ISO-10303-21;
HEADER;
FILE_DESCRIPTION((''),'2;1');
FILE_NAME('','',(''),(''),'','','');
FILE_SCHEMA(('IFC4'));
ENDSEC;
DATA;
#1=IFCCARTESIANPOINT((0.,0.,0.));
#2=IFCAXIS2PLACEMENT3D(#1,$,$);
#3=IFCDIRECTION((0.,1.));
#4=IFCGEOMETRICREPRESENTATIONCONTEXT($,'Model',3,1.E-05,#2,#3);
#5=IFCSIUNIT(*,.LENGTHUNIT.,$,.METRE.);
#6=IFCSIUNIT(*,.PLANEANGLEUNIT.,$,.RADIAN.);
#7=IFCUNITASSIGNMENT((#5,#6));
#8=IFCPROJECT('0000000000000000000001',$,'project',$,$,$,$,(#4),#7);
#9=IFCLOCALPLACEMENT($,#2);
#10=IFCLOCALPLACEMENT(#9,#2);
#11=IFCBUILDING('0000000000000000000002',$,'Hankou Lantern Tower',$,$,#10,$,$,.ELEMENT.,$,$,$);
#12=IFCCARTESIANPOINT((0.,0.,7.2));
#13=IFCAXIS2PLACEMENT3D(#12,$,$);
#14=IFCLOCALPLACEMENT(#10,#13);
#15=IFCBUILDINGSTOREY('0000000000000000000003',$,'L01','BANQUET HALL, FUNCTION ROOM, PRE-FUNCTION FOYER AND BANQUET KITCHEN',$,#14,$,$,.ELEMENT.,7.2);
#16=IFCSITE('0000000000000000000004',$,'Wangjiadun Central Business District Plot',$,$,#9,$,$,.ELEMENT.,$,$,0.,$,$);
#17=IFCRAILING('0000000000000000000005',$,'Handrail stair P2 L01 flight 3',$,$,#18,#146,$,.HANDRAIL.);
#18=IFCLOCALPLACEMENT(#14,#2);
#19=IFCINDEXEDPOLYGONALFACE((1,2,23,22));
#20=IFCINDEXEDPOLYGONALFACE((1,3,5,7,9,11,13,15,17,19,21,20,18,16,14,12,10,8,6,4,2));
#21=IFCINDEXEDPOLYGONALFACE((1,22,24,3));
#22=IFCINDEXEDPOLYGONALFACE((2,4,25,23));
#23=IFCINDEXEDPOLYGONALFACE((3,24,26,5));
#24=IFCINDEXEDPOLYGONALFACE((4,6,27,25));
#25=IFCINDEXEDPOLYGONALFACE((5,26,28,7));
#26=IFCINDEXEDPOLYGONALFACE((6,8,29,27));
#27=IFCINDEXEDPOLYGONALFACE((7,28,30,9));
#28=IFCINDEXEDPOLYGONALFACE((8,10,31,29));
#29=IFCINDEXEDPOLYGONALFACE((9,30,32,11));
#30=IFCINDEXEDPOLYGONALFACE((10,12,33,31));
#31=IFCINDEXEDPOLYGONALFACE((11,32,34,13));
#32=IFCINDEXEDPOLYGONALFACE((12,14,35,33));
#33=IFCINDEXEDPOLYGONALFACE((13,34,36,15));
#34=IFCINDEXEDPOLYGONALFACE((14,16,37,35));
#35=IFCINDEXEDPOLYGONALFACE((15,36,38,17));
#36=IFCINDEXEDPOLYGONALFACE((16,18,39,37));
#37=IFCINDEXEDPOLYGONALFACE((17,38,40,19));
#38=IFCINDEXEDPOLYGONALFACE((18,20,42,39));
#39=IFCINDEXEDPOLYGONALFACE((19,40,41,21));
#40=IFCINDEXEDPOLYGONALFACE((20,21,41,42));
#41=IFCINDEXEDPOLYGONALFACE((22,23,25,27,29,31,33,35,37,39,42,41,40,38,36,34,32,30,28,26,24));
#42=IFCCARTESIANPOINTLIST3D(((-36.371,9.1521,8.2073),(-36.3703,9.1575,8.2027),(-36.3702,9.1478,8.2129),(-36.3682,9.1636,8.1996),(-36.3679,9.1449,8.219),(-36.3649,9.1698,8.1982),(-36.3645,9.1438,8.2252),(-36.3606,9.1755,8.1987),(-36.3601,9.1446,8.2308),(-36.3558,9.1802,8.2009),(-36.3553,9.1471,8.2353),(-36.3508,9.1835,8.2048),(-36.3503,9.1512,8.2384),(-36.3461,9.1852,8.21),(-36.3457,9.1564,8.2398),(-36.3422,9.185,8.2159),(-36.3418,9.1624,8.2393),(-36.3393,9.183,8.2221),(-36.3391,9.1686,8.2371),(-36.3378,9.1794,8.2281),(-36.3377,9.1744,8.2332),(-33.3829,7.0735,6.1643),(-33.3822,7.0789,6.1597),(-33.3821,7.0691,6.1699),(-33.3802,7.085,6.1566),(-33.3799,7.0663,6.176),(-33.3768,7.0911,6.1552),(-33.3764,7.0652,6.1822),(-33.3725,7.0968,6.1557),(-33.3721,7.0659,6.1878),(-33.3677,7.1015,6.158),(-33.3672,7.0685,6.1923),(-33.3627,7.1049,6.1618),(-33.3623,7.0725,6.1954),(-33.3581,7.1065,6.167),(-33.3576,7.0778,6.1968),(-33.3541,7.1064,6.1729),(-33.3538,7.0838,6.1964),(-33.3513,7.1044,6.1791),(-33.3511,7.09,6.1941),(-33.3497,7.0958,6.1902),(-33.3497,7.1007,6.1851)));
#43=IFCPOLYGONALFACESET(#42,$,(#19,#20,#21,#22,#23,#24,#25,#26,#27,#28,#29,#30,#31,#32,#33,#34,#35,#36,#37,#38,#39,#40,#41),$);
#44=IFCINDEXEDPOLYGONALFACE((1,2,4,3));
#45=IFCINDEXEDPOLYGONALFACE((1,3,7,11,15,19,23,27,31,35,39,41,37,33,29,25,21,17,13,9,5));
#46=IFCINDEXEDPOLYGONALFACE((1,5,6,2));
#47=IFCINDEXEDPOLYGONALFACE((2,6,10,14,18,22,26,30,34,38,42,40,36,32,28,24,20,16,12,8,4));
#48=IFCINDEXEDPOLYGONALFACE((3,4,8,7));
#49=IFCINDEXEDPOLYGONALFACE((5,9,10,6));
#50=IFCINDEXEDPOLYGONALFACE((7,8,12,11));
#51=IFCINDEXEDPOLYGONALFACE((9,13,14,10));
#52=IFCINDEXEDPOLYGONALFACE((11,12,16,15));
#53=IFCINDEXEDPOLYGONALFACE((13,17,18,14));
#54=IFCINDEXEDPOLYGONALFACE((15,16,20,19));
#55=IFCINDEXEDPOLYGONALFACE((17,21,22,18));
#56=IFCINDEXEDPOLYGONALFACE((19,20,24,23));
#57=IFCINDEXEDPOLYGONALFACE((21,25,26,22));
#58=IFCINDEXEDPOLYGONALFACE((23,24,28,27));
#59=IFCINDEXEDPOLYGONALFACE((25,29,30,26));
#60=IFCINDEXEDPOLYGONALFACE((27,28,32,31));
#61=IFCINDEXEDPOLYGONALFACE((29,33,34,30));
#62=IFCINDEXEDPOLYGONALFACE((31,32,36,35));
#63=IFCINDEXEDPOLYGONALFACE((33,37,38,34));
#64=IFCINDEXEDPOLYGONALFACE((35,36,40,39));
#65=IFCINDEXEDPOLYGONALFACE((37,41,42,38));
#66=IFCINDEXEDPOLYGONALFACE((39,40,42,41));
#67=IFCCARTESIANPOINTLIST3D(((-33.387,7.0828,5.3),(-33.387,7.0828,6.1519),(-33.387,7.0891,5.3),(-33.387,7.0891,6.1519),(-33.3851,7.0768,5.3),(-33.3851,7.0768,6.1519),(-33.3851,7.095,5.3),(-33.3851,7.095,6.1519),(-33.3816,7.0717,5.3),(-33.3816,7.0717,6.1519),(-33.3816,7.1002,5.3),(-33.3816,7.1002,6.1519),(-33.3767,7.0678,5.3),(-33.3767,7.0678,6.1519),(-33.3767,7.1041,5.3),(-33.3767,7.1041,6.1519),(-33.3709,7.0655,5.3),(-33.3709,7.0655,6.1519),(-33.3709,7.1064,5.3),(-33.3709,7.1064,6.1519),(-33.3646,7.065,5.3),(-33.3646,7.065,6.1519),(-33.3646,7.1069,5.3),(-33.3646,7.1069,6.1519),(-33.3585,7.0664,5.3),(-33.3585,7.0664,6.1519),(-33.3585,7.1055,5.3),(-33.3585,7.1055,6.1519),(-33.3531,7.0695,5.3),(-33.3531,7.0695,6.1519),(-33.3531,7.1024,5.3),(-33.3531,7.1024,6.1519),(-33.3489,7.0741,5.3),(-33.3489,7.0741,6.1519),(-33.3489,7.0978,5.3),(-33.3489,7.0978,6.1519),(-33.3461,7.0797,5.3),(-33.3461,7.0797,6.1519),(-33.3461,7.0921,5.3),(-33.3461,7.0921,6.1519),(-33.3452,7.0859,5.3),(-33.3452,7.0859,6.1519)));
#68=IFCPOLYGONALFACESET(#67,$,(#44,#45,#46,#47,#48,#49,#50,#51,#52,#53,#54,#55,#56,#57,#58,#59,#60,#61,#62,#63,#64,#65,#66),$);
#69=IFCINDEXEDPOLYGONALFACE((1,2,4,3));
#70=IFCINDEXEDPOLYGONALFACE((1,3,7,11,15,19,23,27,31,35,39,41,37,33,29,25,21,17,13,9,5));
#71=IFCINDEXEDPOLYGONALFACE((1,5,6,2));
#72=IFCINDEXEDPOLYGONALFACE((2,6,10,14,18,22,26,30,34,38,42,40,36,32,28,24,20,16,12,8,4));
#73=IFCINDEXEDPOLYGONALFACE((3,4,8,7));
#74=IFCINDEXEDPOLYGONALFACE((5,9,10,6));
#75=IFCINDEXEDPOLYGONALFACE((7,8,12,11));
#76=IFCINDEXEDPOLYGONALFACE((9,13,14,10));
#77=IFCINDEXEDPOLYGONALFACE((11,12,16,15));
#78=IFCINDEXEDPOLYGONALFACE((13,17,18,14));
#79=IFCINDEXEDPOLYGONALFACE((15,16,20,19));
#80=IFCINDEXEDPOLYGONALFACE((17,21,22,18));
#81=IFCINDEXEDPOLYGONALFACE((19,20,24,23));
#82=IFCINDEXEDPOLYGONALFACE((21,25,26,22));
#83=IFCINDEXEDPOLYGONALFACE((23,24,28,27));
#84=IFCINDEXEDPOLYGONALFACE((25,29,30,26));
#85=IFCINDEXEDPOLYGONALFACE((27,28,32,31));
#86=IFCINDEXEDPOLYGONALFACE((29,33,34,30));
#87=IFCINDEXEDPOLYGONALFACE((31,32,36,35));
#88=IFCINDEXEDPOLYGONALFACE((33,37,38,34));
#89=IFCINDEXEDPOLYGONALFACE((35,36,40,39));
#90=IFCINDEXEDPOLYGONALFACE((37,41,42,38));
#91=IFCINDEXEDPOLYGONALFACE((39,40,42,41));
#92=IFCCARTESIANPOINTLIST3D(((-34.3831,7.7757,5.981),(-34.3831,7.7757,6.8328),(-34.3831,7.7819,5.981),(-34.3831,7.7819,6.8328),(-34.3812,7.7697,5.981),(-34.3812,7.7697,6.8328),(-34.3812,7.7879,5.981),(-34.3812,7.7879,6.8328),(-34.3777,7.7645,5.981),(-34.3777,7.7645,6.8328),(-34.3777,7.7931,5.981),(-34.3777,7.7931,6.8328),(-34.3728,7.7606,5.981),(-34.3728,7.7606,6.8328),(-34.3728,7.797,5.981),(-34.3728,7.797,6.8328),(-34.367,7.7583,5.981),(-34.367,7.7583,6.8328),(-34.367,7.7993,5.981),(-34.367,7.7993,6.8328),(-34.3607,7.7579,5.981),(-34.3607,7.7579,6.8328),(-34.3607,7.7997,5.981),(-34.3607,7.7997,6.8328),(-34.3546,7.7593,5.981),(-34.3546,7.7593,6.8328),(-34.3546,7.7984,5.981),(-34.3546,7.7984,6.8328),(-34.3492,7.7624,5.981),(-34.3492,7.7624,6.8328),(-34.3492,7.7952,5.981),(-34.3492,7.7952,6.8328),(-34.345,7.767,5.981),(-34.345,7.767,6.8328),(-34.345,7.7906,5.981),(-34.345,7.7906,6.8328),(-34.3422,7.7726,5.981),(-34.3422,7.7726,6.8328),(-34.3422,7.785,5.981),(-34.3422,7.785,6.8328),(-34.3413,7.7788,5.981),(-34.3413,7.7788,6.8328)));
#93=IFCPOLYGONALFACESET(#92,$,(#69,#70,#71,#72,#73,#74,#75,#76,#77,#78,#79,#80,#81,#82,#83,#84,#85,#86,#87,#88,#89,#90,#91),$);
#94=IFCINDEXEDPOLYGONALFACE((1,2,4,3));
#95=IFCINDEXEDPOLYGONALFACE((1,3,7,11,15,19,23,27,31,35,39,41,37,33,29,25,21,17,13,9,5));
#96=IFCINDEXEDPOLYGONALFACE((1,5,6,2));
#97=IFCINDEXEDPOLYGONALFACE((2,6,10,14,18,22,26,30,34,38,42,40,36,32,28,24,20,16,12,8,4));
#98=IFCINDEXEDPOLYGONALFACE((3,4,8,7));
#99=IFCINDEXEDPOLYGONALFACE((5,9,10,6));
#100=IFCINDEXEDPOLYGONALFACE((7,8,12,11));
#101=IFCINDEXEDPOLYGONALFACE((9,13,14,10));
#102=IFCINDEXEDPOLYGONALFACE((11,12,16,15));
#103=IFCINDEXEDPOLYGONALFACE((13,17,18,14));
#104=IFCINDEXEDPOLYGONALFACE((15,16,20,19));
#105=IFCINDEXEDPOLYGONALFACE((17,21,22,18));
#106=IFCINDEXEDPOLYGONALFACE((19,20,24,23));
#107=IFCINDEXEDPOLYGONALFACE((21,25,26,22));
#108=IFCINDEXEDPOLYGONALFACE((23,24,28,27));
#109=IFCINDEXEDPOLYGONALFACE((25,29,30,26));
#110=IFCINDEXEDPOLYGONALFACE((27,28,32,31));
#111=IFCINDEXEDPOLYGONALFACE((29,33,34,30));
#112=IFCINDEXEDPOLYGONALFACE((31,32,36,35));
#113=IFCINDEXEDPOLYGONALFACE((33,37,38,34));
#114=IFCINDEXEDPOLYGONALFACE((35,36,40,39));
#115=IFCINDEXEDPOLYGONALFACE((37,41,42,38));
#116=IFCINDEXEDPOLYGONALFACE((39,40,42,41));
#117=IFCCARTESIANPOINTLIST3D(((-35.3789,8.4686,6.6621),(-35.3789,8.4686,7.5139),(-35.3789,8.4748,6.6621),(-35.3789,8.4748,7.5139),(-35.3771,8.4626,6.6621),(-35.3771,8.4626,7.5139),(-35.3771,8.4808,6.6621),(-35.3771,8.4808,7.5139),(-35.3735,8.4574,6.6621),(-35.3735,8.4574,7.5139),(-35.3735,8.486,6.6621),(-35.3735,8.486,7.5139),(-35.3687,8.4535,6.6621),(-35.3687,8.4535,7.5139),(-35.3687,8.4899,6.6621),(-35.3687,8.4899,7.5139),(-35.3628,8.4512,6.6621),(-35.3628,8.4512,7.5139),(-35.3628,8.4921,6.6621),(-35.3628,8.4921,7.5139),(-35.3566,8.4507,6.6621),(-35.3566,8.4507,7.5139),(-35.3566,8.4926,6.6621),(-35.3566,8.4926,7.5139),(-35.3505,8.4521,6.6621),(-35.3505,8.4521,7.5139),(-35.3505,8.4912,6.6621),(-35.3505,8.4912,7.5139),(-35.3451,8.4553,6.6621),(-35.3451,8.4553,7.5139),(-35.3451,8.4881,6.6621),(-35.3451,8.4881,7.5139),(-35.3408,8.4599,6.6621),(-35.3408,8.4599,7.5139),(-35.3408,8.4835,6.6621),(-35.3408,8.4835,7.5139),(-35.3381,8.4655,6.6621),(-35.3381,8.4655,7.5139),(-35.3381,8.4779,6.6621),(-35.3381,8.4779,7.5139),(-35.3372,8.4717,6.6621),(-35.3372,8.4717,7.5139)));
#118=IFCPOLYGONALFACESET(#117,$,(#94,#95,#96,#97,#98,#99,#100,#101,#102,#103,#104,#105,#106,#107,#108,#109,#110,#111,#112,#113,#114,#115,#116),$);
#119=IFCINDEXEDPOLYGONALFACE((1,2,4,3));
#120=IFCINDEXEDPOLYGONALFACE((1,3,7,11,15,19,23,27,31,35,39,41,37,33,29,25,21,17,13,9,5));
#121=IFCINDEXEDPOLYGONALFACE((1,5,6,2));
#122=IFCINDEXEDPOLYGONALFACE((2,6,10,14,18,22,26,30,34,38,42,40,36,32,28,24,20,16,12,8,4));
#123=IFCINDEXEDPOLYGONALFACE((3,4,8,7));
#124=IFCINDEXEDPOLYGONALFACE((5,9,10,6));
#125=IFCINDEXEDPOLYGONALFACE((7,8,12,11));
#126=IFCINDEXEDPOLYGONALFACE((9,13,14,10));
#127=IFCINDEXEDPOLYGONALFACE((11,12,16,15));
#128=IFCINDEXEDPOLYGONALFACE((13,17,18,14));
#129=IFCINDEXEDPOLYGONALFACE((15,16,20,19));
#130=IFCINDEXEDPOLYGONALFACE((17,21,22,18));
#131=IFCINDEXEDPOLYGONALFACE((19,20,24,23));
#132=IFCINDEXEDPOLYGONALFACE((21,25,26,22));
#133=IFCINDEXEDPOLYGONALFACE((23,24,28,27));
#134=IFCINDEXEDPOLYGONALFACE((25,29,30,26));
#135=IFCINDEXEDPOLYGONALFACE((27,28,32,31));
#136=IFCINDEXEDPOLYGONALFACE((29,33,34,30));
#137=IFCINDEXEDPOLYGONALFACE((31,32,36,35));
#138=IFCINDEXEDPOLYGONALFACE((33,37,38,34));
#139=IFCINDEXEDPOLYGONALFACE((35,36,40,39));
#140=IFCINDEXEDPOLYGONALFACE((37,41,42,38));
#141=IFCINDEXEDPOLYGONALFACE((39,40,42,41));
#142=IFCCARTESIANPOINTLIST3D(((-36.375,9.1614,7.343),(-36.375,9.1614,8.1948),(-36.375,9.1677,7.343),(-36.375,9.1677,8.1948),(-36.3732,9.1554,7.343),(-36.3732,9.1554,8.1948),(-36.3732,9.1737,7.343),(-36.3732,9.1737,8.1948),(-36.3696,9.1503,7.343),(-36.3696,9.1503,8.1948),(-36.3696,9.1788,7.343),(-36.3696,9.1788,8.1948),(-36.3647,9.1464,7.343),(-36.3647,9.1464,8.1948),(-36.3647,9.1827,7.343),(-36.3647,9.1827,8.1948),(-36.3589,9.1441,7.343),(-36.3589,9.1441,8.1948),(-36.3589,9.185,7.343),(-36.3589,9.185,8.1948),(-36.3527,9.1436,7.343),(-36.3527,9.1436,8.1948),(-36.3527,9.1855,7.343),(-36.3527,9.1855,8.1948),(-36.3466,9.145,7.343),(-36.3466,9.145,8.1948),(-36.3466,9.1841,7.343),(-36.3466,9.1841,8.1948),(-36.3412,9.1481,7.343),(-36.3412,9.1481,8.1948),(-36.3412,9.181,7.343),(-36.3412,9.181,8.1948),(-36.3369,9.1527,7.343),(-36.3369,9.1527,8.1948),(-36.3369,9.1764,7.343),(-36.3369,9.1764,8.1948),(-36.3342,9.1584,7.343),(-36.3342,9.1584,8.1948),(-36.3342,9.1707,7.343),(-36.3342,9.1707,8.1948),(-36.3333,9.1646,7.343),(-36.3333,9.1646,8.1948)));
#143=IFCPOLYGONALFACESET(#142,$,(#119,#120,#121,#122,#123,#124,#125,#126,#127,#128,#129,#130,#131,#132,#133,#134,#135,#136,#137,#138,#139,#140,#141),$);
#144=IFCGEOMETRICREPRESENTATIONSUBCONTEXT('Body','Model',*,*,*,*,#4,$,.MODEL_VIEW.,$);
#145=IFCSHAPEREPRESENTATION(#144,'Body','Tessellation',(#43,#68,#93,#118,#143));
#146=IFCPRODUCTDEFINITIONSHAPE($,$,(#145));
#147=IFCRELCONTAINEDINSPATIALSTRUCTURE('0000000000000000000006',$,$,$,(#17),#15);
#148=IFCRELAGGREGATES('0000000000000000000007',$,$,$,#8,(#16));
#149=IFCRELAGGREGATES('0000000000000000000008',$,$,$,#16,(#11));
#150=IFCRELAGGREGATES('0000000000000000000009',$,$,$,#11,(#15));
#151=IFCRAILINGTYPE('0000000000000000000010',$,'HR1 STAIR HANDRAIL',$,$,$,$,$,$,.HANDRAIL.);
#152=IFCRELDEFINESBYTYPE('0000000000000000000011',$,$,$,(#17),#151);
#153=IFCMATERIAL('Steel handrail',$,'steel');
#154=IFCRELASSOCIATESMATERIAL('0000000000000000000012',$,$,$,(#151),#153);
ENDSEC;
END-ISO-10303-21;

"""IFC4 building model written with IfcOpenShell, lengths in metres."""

from ifc_helpers import new_model, si_unit, direction, frame, origin, origin_2d, place, context, subcontext, project, spatial, circle, extrude, material, type_object, element, save


model = new_model("IFC4")

# Units and contexts
model_context = context("Model", 3, precision=1e-05, world=origin(), true_north=direction((0.0, 1.0)))
body_context = subcontext(model_context, "Body", "Model", "MODEL_VIEW")
ifc_project = project(units=[si_unit("LENGTHUNIT", "METRE"), si_unit("PLANEANGLEUNIT", "RADIAN")], contexts=[model_context])

# Site, building, storey
site_placement = place(None, origin())
site = spatial("IfcSite", under=ifc_project, at=site_placement, Name="Wangjiadun Central Business District Plot", CompositionType="ELEMENT", RefElevation=0.0)
building_placement = place(site_placement, origin())
building = spatial("IfcBuilding", under=site, at=building_placement, Name="Hankou Lantern Tower", CompositionType="ELEMENT")
storey_placement = place(building_placement, frame((0.0, 0.0, 7.2)))
storey = spatial("IfcBuildingStorey", under=building, at=storey_placement, Name="L01", Description="BANQUET HALL, FUNCTION ROOM, PRE-FUNCTION FOYER AND BANQUET KITCHEN", CompositionType="ELEMENT", Elevation=7.2)

# Railing
ifc_material_1 = material(Name="Steel handrail", Category="steel")
railing_type = type_object("IfcRailingType", Name="HR1 STAIR HANDRAIL", PredefinedType="HANDRAIL", material=ifc_material_1)
railing_1_placement = place(storey_placement, frame((-33.3662, 7.0859, 5.3)))
element("IfcRailing", 1, at=railing_1_placement, inside=storey, type_object=railing_type, Name="Handrail stair P2 L01 flight 3", PredefinedType="HANDRAIL", context=body_context, shape_type="SweptSolid", body=[
    extrude(circle(Radius=0.0239, at=origin_2d()), frame((0.0, 0.0, 0.876), z_axis=(-0.71586, 0.497984, 0.489445), x_axis=(-0.571061, -0.820908, 0.0)), (0.0, 0.0, 1.0), 4.1741),
    extrude(circle(Radius=0.021, at=origin_2d()), origin(), (0.0, 0.0, 1.0), 0.8518),
    extrude(circle(Radius=0.021, at=origin_2d()), frame((-0.9961, 0.6929, 0.6809)), (0.0, 0.0, 1.0), 0.8518),
    extrude(circle(Radius=0.021, at=origin_2d()), frame((-1.9919, 1.3857, 1.3621)), (0.0, 0.0, 1.0), 0.8518),
    extrude(circle(Radius=0.021, at=origin_2d()), frame((-2.988, 2.0786, 2.043)), (0.0, 0.0, 1.0), 0.8518),
])

save(model, "model.ifc")
